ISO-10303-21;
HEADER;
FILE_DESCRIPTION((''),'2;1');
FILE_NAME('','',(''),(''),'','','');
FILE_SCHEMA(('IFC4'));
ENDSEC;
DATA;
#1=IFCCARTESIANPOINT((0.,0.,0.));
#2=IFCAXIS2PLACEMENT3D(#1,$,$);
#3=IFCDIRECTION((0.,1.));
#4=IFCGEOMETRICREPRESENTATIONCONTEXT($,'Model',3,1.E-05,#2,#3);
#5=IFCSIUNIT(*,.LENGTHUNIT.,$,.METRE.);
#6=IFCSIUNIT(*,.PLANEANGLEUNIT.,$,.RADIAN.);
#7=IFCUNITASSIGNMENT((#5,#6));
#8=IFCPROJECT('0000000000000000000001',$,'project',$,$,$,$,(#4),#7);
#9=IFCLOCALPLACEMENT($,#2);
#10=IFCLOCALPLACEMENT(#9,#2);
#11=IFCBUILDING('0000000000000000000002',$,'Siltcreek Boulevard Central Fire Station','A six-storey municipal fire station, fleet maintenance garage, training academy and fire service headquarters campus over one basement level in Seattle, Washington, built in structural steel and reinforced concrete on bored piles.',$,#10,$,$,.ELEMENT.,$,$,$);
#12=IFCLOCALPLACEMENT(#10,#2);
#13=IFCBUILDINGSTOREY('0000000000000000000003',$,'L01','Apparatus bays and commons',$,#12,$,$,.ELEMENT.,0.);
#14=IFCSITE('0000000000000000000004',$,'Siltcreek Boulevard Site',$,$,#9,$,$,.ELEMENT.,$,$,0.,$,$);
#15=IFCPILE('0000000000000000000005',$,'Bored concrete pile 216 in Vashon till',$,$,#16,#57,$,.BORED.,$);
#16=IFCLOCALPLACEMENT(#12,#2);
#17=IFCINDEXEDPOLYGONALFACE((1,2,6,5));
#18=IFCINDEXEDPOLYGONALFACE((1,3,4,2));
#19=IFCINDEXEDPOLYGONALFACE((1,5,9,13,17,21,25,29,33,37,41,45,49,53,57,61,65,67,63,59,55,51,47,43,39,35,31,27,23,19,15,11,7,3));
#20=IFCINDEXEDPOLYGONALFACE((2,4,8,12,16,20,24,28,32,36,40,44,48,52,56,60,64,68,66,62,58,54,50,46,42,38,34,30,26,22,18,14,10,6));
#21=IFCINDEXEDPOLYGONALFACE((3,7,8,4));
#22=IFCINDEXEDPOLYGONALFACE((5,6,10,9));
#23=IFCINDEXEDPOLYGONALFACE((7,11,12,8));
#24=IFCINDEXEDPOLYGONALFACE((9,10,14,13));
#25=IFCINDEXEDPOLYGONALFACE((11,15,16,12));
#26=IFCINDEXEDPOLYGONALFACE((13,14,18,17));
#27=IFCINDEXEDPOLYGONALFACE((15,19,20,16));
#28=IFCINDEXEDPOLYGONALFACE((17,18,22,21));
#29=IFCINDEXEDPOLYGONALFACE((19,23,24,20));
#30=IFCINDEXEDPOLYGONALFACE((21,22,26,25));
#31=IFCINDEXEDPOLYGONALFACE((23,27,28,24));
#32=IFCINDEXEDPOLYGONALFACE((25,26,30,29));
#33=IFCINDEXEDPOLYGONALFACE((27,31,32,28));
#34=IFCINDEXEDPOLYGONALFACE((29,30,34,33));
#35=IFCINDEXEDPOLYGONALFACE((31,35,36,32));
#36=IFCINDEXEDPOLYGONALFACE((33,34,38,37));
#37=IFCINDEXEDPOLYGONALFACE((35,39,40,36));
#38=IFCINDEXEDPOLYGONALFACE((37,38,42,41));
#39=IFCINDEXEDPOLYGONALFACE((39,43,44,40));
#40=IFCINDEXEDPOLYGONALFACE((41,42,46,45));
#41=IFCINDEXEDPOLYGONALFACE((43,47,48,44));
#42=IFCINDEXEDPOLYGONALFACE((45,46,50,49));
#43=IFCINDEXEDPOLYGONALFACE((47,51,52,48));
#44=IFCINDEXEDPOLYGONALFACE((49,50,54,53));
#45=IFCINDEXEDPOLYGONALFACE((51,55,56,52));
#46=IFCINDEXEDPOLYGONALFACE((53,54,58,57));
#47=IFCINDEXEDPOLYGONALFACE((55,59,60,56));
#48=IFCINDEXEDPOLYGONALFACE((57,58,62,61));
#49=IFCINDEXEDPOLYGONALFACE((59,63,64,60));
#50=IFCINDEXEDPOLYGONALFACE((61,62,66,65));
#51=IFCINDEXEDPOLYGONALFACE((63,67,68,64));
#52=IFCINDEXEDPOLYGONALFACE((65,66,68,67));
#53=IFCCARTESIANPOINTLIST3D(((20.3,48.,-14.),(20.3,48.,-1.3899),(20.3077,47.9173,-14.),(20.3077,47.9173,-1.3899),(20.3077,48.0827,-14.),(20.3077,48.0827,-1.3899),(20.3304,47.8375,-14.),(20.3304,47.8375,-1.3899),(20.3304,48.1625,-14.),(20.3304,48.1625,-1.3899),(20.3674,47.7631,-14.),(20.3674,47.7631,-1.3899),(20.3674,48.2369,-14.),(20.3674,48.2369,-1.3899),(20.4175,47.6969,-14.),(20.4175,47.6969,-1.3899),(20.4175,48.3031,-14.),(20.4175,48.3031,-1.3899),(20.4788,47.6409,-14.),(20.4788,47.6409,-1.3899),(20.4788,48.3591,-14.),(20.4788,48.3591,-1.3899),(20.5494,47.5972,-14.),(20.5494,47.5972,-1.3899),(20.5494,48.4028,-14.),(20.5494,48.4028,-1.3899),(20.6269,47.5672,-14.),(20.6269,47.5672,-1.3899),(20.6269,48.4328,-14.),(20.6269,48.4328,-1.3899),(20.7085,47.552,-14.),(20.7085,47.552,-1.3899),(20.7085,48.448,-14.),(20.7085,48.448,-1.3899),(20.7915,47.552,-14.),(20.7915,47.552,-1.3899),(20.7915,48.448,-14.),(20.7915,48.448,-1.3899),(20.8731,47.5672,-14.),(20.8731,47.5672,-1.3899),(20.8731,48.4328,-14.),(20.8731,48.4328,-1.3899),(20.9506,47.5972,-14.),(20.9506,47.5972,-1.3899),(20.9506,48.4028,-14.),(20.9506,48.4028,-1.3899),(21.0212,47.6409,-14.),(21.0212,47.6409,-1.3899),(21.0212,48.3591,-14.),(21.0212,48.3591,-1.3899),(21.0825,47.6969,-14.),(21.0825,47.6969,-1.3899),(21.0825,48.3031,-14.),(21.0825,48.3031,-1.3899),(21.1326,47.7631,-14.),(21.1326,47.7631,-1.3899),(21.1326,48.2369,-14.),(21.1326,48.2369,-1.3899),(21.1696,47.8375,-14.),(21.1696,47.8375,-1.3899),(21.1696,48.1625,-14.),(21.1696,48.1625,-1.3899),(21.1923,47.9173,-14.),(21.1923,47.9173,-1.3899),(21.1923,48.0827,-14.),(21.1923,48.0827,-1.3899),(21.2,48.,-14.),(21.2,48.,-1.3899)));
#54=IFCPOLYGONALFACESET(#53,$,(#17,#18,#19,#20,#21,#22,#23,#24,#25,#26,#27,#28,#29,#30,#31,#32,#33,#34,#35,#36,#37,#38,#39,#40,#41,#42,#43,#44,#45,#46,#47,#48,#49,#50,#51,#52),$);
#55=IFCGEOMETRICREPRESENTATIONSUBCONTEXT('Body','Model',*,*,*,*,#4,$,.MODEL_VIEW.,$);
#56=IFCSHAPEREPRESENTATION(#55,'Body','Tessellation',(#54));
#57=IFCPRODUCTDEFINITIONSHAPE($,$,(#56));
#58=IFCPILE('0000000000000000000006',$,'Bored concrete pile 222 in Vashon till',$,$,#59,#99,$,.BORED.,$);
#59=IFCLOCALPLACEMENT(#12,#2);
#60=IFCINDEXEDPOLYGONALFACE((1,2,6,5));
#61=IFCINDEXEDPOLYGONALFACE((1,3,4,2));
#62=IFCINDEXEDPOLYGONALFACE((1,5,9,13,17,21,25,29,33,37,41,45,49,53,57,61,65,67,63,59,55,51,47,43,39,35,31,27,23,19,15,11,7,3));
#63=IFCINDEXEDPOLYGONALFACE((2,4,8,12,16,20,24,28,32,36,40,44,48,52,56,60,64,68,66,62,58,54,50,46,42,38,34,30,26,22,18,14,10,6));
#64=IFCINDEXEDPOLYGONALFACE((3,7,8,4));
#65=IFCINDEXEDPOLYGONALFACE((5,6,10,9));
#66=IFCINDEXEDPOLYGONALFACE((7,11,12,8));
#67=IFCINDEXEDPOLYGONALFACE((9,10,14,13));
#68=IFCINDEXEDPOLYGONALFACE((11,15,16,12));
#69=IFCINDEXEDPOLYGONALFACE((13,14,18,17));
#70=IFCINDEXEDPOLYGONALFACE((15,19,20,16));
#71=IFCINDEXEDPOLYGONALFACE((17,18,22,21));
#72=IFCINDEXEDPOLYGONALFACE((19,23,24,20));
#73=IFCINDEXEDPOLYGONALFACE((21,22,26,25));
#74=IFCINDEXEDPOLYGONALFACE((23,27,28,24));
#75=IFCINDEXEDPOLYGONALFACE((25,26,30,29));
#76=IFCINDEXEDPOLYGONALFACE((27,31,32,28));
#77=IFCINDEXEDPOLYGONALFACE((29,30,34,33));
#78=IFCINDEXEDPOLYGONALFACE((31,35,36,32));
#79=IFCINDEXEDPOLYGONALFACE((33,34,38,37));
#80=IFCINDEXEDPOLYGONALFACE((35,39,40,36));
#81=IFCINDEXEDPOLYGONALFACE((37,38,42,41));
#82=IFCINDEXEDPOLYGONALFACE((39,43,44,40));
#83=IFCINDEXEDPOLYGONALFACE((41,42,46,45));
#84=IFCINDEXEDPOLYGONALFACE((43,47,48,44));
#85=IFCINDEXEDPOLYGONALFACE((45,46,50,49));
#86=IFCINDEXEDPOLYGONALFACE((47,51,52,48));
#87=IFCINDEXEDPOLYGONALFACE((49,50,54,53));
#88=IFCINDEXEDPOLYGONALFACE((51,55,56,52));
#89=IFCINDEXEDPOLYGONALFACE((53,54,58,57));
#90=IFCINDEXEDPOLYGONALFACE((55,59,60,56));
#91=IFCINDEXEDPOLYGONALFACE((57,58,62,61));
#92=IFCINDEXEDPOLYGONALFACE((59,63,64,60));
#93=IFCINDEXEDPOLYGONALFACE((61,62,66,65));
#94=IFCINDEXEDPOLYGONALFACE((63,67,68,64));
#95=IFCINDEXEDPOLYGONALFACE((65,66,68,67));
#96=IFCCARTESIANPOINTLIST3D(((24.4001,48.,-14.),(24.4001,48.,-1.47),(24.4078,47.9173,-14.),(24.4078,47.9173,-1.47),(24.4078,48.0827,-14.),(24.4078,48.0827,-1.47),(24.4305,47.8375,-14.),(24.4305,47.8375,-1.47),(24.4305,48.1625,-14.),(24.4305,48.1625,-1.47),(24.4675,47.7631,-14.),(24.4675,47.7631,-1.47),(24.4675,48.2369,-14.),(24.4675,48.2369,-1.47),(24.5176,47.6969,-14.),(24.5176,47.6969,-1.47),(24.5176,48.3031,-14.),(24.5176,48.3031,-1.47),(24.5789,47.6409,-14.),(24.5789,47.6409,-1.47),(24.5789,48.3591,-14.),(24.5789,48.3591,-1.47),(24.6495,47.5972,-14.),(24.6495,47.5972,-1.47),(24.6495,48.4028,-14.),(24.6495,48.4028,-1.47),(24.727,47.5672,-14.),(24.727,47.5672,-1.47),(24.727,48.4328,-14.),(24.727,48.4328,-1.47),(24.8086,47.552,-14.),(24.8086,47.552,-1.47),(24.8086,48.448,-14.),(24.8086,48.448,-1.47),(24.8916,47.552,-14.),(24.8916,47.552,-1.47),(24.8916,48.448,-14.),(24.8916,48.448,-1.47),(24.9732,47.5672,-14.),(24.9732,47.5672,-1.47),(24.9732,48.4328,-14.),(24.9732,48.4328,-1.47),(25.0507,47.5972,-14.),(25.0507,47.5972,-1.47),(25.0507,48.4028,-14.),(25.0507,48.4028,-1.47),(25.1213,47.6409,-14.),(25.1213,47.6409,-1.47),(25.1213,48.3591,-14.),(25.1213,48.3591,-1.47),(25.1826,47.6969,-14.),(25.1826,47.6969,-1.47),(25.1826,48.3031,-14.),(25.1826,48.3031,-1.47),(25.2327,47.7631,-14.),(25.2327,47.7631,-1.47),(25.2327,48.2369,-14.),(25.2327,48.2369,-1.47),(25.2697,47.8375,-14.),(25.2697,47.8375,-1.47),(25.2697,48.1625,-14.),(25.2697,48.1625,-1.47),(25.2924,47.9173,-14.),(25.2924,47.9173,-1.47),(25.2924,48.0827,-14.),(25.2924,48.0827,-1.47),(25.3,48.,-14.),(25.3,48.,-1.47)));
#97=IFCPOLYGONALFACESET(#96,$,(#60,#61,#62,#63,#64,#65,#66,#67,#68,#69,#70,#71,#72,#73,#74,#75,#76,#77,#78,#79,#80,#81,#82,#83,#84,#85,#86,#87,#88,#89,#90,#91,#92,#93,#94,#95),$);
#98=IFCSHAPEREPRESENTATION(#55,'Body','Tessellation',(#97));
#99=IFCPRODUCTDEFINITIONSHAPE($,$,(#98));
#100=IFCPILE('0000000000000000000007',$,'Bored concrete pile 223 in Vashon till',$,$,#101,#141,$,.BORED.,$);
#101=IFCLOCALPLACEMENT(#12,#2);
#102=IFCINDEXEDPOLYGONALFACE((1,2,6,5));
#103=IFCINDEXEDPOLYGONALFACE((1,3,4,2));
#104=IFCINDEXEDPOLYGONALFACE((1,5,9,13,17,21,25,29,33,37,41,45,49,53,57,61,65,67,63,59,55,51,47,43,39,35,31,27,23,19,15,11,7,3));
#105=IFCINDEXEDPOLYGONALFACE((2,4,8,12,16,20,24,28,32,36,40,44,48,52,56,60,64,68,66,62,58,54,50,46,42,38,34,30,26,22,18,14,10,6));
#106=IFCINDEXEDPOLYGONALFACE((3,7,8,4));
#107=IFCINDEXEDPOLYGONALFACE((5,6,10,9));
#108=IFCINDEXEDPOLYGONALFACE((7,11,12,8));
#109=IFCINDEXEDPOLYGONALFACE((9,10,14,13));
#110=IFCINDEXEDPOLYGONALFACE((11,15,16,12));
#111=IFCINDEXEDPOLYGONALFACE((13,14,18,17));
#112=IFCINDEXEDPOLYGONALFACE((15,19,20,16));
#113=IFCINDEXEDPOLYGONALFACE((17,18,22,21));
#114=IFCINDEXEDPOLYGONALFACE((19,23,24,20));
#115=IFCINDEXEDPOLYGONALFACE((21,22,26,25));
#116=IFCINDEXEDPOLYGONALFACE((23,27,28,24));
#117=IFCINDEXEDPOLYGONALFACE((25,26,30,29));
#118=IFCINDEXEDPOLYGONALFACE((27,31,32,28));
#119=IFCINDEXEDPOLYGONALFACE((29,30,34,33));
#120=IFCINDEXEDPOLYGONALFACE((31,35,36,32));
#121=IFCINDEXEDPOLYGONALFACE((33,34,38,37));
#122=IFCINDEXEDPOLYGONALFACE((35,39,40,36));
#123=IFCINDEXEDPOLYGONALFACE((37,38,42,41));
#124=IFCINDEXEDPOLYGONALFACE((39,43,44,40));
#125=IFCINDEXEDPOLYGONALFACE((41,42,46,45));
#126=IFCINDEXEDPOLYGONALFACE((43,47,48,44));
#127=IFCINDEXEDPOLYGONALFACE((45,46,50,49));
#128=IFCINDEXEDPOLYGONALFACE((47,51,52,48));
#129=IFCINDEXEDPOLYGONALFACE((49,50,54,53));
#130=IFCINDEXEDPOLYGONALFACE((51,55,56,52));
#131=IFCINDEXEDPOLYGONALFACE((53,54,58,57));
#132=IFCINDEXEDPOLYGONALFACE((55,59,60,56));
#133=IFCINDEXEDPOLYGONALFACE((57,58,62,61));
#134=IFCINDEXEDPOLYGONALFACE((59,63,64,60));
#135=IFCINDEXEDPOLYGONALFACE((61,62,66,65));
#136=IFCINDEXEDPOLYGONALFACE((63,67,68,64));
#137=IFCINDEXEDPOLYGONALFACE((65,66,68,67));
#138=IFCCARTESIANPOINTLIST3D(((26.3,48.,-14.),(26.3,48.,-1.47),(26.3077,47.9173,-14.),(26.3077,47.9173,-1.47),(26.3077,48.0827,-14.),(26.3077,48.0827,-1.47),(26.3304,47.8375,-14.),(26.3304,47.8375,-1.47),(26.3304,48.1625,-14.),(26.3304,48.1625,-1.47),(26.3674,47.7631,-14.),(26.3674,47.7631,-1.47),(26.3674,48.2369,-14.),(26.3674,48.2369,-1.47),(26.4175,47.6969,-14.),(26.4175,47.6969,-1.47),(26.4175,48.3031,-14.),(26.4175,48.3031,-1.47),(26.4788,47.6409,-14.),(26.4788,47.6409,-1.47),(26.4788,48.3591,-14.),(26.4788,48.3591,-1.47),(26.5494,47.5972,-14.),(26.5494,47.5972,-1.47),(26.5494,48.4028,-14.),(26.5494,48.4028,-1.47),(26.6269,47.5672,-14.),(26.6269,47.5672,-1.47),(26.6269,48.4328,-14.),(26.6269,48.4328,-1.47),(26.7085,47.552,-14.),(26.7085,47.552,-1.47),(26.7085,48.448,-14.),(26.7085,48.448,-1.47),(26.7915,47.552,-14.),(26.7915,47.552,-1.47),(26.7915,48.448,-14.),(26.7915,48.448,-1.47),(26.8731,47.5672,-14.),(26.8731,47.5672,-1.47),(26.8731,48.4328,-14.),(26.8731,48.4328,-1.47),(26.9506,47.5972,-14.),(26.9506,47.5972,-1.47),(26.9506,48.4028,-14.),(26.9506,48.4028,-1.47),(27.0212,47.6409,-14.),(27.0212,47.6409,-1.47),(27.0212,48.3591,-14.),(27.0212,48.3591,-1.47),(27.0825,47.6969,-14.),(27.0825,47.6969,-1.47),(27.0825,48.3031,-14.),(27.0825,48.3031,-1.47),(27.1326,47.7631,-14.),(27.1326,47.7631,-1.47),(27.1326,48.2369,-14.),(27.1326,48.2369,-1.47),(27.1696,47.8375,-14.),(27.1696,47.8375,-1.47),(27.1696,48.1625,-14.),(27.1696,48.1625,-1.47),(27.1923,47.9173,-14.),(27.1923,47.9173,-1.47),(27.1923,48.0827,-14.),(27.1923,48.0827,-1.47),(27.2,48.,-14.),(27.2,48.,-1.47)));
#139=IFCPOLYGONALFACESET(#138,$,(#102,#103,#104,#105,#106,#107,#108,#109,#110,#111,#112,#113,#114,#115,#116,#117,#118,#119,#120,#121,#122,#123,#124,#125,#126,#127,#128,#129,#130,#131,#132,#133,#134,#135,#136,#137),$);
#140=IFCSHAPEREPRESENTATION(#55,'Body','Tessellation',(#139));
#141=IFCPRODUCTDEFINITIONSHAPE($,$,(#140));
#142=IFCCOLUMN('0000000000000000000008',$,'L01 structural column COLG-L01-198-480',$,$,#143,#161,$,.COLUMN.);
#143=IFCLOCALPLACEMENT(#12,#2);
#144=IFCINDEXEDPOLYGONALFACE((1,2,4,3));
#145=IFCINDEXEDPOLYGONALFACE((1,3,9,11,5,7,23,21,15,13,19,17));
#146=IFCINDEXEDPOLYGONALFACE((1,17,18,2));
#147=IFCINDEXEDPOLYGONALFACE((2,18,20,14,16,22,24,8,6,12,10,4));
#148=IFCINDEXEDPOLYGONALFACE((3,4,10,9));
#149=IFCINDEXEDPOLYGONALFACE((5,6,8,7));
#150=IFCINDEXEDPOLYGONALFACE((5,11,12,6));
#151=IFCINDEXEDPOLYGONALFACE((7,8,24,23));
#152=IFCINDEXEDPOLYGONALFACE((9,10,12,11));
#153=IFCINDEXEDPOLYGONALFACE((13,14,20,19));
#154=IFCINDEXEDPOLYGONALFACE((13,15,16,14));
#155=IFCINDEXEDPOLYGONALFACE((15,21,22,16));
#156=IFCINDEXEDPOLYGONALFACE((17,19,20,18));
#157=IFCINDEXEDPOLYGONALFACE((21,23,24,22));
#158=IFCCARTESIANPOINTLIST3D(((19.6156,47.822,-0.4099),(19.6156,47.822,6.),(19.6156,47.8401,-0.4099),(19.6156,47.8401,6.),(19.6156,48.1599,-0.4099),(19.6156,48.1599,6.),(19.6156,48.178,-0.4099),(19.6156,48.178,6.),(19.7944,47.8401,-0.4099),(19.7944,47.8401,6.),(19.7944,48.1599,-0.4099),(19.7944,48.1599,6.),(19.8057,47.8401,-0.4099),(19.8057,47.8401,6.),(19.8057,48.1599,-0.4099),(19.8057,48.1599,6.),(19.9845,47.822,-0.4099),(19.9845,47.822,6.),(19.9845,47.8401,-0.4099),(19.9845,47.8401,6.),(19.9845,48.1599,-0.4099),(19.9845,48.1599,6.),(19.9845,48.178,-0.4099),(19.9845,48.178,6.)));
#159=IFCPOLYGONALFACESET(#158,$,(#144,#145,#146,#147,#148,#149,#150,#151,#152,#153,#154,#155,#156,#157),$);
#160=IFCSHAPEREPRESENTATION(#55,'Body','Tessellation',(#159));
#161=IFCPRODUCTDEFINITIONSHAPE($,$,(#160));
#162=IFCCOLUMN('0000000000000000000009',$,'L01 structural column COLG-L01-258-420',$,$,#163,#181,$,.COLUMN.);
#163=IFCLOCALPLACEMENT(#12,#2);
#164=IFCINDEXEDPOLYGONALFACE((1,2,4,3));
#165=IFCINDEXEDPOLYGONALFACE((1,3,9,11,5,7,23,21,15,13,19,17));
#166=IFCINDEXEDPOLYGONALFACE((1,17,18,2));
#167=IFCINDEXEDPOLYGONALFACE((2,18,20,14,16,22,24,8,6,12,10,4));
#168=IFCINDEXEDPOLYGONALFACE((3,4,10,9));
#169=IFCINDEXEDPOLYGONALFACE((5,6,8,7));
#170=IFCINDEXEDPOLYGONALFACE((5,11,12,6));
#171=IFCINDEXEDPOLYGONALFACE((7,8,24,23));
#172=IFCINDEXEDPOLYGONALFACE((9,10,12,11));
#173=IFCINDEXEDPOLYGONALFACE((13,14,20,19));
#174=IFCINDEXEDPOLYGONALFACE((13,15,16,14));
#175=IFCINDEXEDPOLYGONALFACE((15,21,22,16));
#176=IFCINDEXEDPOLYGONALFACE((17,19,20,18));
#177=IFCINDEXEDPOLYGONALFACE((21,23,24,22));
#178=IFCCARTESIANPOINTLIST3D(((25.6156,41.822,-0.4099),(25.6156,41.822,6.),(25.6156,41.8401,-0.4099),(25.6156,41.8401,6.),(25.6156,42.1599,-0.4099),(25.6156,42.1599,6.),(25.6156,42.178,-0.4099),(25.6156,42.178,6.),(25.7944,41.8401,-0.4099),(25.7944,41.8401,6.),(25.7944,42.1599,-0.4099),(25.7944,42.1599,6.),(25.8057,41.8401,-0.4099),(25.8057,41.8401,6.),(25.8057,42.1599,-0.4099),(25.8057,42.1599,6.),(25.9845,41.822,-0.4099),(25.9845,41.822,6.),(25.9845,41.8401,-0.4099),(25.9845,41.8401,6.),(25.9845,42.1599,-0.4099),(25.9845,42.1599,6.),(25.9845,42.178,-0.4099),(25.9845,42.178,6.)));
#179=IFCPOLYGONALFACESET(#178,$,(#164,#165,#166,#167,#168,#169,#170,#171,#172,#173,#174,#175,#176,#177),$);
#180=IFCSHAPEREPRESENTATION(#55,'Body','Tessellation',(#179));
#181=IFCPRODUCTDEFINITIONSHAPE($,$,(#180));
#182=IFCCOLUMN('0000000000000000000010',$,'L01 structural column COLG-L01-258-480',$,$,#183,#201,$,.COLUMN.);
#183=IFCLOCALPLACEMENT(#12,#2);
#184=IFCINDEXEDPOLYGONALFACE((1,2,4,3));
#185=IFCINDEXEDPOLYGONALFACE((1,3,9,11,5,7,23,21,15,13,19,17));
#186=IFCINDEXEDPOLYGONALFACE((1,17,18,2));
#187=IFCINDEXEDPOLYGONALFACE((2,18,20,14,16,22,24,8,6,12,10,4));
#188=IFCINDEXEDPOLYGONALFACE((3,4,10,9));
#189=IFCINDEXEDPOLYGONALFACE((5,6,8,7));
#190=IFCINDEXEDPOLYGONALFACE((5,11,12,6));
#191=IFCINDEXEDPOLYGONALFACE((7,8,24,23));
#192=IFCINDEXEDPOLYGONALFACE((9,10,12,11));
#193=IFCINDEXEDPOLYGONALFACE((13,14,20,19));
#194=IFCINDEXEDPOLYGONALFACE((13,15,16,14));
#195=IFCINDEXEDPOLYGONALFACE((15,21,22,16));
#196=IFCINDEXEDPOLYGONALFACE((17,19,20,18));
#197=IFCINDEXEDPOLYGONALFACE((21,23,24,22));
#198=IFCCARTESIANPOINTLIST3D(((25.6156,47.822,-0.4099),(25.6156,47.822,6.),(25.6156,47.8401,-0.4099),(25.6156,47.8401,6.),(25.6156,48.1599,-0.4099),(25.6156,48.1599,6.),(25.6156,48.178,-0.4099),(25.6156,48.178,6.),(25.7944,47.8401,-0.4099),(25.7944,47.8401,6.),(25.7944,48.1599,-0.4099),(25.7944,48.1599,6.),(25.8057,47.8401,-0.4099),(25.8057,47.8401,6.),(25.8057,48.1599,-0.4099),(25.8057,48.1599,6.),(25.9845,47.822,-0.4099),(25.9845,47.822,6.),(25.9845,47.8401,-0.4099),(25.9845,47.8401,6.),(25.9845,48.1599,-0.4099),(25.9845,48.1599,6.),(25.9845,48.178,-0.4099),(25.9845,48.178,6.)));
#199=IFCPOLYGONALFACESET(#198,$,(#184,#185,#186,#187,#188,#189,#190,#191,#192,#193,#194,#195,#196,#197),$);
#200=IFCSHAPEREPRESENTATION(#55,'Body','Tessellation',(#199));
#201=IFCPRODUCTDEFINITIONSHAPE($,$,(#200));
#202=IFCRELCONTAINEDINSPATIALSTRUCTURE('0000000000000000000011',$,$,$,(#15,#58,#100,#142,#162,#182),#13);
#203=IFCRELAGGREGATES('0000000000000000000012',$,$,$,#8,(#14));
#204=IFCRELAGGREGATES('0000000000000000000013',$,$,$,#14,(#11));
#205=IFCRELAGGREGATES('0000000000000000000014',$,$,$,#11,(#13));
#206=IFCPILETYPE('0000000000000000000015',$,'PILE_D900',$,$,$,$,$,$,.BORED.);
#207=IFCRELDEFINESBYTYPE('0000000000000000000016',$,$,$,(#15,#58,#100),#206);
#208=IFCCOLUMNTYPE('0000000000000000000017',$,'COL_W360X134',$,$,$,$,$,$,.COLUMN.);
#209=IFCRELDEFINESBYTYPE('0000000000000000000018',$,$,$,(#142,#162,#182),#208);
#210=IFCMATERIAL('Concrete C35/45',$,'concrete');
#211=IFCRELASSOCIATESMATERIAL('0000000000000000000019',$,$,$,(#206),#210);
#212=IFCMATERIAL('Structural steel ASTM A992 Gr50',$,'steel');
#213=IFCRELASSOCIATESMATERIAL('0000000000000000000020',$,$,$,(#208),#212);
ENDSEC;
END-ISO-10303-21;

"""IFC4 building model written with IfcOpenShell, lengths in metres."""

from ifc_helpers import new_model, si_unit, direction, frame, origin, origin_2d, place, context, subcontext, project, spatial, circle, i_section, extrude, material, material_profile, profile_set, type_object, element, save


model = new_model("IFC4")

# Units and contexts
model_context = context("Model", 3, precision=1e-05, world=origin(), true_north=direction((0.0, 1.0)))
body_context = subcontext(model_context, "Body", "Model", "MODEL_VIEW")
ifc_project = project(units=[si_unit("LENGTHUNIT", "METRE"), si_unit("PLANEANGLEUNIT", "RADIAN")], contexts=[model_context])

# Site, building, storey
site_placement = place(None, origin())
site = spatial("IfcSite", under=ifc_project, at=site_placement, Name="Siltcreek Boulevard Site", CompositionType="ELEMENT", RefElevation=0.0)
building_placement = place(site_placement, origin())
building = spatial("IfcBuilding", under=site, at=building_placement, Name="Siltcreek Boulevard Central Fire Station", Description="A six-storey municipal fire station, fleet maintenance garage, training academy and fire service headquarters campus over one basement level in Seattle, Washington, built in structural steel and reinforced concrete on bored piles.", CompositionType="ELEMENT")
storey_placement = place(building_placement, origin())
storey = spatial("IfcBuildingStorey", under=building, at=storey_placement, Name="L01", Description="Apparatus bays and commons", CompositionType="ELEMENT", Elevation=0.0)

# Shared definitions
ifc_material_1 = material(Name="Concrete C35/45", Category="concrete")

# Piles
ifc_material_profile_1 = material_profile(ifc_material_1, circle(Radius=0.45, at=origin_2d()), Name="SHAFT900")
ifc_profile_set_1 = profile_set([ifc_material_profile_1], Name="Concrete C35/45")
pile_type_1 = type_object("IfcPileType", Name="PILE_D900", PredefinedType="BORED", material=ifc_profile_set_1)
pile_1_placement = place(storey_placement, frame((20.75, 48.0, -1.3899), z_axis=(0.0, 0.0, -1.0), x_axis=(1.0, 0.0, 0.0)))
element("IfcPile", 1, at=pile_1_placement, inside=storey, type_object=pile_type_1, Name="Bored concrete pile 216 in Vashon till", PredefinedType="BORED", context=body_context, shape_type="SweptSolid", body=[
    extrude(circle(Radius=0.45, at=origin_2d()), origin(), (0.0, 0.0, 1.0), 12.6101),
])
for number, where, z_axis, x_axis, name in (
    (2, (24.8501, 48.0, -1.47), (0.0, 0.0, -1.0), (1.0, 0.0, 0.0), "Bored concrete pile 222 in Vashon till"),
    (3, (26.75, 48.0, -1.47), (0.0, 0.0, -1.0), (1.0, 0.0, 0.0), "Bored concrete pile 223 in Vashon till"),
):
    element("IfcPile", number, at=place(storey_placement, frame(where, z_axis=z_axis, x_axis=x_axis)), inside=storey, type_object=pile_type_1, Name=name, PredefinedType="BORED", context=body_context, shape_type="SweptSolid", body=[
        extrude(circle(Radius=0.45, at=origin_2d()), origin(), (0.0, 0.0, 1.0), 12.53),
    ])

# Columns
ifc_material_2 = material(Name="Structural steel ASTM A992 Gr50", Category="steel")
ifc_material_profile_2 = material_profile(ifc_material_2, i_section(OverallWidth=0.3689, OverallDepth=0.356, WebThickness=0.0112, FlangeThickness=0.0181, at=origin_2d()), Name="W360X134")
ifc_profile_set_2 = profile_set([ifc_material_profile_2], Name="Structural steel ASTM A992 Gr50")
column_type = type_object("IfcColumnType", Name="COL_W360X134", PredefinedType="COLUMN", material=ifc_profile_set_2)
for number, where, z_axis, x_axis, name in (
    (4, (19.8, 48.0, -0.4099), (0.0, 0.0, 1.0), (1.0, 0.0, 0.0), "L01 structural column COLG-L01-198-480"),
    (5, (25.8, 42.0, -0.4099), (0.0, 0.0, 1.0), (1.0, 0.0, 0.0), "L01 structural column COLG-L01-258-420"),
    (6, (25.8, 48.0, -0.4099), (0.0, 0.0, 1.0), (1.0, 0.0, 0.0), "L01 structural column COLG-L01-258-480"),
):
    element("IfcColumn", number, at=place(storey_placement, frame(where, z_axis=z_axis, x_axis=x_axis)), inside=storey, type_object=column_type, Name=name, PredefinedType="COLUMN", context=body_context, shape_type="SweptSolid", body=[
        extrude(i_section(OverallWidth=0.3689, OverallDepth=0.356, WebThickness=0.0112, FlangeThickness=0.0181, at=origin_2d()), origin(), (0.0, 0.0, 1.0), 6.4099),
    ])

save(model, "model.ifc")
